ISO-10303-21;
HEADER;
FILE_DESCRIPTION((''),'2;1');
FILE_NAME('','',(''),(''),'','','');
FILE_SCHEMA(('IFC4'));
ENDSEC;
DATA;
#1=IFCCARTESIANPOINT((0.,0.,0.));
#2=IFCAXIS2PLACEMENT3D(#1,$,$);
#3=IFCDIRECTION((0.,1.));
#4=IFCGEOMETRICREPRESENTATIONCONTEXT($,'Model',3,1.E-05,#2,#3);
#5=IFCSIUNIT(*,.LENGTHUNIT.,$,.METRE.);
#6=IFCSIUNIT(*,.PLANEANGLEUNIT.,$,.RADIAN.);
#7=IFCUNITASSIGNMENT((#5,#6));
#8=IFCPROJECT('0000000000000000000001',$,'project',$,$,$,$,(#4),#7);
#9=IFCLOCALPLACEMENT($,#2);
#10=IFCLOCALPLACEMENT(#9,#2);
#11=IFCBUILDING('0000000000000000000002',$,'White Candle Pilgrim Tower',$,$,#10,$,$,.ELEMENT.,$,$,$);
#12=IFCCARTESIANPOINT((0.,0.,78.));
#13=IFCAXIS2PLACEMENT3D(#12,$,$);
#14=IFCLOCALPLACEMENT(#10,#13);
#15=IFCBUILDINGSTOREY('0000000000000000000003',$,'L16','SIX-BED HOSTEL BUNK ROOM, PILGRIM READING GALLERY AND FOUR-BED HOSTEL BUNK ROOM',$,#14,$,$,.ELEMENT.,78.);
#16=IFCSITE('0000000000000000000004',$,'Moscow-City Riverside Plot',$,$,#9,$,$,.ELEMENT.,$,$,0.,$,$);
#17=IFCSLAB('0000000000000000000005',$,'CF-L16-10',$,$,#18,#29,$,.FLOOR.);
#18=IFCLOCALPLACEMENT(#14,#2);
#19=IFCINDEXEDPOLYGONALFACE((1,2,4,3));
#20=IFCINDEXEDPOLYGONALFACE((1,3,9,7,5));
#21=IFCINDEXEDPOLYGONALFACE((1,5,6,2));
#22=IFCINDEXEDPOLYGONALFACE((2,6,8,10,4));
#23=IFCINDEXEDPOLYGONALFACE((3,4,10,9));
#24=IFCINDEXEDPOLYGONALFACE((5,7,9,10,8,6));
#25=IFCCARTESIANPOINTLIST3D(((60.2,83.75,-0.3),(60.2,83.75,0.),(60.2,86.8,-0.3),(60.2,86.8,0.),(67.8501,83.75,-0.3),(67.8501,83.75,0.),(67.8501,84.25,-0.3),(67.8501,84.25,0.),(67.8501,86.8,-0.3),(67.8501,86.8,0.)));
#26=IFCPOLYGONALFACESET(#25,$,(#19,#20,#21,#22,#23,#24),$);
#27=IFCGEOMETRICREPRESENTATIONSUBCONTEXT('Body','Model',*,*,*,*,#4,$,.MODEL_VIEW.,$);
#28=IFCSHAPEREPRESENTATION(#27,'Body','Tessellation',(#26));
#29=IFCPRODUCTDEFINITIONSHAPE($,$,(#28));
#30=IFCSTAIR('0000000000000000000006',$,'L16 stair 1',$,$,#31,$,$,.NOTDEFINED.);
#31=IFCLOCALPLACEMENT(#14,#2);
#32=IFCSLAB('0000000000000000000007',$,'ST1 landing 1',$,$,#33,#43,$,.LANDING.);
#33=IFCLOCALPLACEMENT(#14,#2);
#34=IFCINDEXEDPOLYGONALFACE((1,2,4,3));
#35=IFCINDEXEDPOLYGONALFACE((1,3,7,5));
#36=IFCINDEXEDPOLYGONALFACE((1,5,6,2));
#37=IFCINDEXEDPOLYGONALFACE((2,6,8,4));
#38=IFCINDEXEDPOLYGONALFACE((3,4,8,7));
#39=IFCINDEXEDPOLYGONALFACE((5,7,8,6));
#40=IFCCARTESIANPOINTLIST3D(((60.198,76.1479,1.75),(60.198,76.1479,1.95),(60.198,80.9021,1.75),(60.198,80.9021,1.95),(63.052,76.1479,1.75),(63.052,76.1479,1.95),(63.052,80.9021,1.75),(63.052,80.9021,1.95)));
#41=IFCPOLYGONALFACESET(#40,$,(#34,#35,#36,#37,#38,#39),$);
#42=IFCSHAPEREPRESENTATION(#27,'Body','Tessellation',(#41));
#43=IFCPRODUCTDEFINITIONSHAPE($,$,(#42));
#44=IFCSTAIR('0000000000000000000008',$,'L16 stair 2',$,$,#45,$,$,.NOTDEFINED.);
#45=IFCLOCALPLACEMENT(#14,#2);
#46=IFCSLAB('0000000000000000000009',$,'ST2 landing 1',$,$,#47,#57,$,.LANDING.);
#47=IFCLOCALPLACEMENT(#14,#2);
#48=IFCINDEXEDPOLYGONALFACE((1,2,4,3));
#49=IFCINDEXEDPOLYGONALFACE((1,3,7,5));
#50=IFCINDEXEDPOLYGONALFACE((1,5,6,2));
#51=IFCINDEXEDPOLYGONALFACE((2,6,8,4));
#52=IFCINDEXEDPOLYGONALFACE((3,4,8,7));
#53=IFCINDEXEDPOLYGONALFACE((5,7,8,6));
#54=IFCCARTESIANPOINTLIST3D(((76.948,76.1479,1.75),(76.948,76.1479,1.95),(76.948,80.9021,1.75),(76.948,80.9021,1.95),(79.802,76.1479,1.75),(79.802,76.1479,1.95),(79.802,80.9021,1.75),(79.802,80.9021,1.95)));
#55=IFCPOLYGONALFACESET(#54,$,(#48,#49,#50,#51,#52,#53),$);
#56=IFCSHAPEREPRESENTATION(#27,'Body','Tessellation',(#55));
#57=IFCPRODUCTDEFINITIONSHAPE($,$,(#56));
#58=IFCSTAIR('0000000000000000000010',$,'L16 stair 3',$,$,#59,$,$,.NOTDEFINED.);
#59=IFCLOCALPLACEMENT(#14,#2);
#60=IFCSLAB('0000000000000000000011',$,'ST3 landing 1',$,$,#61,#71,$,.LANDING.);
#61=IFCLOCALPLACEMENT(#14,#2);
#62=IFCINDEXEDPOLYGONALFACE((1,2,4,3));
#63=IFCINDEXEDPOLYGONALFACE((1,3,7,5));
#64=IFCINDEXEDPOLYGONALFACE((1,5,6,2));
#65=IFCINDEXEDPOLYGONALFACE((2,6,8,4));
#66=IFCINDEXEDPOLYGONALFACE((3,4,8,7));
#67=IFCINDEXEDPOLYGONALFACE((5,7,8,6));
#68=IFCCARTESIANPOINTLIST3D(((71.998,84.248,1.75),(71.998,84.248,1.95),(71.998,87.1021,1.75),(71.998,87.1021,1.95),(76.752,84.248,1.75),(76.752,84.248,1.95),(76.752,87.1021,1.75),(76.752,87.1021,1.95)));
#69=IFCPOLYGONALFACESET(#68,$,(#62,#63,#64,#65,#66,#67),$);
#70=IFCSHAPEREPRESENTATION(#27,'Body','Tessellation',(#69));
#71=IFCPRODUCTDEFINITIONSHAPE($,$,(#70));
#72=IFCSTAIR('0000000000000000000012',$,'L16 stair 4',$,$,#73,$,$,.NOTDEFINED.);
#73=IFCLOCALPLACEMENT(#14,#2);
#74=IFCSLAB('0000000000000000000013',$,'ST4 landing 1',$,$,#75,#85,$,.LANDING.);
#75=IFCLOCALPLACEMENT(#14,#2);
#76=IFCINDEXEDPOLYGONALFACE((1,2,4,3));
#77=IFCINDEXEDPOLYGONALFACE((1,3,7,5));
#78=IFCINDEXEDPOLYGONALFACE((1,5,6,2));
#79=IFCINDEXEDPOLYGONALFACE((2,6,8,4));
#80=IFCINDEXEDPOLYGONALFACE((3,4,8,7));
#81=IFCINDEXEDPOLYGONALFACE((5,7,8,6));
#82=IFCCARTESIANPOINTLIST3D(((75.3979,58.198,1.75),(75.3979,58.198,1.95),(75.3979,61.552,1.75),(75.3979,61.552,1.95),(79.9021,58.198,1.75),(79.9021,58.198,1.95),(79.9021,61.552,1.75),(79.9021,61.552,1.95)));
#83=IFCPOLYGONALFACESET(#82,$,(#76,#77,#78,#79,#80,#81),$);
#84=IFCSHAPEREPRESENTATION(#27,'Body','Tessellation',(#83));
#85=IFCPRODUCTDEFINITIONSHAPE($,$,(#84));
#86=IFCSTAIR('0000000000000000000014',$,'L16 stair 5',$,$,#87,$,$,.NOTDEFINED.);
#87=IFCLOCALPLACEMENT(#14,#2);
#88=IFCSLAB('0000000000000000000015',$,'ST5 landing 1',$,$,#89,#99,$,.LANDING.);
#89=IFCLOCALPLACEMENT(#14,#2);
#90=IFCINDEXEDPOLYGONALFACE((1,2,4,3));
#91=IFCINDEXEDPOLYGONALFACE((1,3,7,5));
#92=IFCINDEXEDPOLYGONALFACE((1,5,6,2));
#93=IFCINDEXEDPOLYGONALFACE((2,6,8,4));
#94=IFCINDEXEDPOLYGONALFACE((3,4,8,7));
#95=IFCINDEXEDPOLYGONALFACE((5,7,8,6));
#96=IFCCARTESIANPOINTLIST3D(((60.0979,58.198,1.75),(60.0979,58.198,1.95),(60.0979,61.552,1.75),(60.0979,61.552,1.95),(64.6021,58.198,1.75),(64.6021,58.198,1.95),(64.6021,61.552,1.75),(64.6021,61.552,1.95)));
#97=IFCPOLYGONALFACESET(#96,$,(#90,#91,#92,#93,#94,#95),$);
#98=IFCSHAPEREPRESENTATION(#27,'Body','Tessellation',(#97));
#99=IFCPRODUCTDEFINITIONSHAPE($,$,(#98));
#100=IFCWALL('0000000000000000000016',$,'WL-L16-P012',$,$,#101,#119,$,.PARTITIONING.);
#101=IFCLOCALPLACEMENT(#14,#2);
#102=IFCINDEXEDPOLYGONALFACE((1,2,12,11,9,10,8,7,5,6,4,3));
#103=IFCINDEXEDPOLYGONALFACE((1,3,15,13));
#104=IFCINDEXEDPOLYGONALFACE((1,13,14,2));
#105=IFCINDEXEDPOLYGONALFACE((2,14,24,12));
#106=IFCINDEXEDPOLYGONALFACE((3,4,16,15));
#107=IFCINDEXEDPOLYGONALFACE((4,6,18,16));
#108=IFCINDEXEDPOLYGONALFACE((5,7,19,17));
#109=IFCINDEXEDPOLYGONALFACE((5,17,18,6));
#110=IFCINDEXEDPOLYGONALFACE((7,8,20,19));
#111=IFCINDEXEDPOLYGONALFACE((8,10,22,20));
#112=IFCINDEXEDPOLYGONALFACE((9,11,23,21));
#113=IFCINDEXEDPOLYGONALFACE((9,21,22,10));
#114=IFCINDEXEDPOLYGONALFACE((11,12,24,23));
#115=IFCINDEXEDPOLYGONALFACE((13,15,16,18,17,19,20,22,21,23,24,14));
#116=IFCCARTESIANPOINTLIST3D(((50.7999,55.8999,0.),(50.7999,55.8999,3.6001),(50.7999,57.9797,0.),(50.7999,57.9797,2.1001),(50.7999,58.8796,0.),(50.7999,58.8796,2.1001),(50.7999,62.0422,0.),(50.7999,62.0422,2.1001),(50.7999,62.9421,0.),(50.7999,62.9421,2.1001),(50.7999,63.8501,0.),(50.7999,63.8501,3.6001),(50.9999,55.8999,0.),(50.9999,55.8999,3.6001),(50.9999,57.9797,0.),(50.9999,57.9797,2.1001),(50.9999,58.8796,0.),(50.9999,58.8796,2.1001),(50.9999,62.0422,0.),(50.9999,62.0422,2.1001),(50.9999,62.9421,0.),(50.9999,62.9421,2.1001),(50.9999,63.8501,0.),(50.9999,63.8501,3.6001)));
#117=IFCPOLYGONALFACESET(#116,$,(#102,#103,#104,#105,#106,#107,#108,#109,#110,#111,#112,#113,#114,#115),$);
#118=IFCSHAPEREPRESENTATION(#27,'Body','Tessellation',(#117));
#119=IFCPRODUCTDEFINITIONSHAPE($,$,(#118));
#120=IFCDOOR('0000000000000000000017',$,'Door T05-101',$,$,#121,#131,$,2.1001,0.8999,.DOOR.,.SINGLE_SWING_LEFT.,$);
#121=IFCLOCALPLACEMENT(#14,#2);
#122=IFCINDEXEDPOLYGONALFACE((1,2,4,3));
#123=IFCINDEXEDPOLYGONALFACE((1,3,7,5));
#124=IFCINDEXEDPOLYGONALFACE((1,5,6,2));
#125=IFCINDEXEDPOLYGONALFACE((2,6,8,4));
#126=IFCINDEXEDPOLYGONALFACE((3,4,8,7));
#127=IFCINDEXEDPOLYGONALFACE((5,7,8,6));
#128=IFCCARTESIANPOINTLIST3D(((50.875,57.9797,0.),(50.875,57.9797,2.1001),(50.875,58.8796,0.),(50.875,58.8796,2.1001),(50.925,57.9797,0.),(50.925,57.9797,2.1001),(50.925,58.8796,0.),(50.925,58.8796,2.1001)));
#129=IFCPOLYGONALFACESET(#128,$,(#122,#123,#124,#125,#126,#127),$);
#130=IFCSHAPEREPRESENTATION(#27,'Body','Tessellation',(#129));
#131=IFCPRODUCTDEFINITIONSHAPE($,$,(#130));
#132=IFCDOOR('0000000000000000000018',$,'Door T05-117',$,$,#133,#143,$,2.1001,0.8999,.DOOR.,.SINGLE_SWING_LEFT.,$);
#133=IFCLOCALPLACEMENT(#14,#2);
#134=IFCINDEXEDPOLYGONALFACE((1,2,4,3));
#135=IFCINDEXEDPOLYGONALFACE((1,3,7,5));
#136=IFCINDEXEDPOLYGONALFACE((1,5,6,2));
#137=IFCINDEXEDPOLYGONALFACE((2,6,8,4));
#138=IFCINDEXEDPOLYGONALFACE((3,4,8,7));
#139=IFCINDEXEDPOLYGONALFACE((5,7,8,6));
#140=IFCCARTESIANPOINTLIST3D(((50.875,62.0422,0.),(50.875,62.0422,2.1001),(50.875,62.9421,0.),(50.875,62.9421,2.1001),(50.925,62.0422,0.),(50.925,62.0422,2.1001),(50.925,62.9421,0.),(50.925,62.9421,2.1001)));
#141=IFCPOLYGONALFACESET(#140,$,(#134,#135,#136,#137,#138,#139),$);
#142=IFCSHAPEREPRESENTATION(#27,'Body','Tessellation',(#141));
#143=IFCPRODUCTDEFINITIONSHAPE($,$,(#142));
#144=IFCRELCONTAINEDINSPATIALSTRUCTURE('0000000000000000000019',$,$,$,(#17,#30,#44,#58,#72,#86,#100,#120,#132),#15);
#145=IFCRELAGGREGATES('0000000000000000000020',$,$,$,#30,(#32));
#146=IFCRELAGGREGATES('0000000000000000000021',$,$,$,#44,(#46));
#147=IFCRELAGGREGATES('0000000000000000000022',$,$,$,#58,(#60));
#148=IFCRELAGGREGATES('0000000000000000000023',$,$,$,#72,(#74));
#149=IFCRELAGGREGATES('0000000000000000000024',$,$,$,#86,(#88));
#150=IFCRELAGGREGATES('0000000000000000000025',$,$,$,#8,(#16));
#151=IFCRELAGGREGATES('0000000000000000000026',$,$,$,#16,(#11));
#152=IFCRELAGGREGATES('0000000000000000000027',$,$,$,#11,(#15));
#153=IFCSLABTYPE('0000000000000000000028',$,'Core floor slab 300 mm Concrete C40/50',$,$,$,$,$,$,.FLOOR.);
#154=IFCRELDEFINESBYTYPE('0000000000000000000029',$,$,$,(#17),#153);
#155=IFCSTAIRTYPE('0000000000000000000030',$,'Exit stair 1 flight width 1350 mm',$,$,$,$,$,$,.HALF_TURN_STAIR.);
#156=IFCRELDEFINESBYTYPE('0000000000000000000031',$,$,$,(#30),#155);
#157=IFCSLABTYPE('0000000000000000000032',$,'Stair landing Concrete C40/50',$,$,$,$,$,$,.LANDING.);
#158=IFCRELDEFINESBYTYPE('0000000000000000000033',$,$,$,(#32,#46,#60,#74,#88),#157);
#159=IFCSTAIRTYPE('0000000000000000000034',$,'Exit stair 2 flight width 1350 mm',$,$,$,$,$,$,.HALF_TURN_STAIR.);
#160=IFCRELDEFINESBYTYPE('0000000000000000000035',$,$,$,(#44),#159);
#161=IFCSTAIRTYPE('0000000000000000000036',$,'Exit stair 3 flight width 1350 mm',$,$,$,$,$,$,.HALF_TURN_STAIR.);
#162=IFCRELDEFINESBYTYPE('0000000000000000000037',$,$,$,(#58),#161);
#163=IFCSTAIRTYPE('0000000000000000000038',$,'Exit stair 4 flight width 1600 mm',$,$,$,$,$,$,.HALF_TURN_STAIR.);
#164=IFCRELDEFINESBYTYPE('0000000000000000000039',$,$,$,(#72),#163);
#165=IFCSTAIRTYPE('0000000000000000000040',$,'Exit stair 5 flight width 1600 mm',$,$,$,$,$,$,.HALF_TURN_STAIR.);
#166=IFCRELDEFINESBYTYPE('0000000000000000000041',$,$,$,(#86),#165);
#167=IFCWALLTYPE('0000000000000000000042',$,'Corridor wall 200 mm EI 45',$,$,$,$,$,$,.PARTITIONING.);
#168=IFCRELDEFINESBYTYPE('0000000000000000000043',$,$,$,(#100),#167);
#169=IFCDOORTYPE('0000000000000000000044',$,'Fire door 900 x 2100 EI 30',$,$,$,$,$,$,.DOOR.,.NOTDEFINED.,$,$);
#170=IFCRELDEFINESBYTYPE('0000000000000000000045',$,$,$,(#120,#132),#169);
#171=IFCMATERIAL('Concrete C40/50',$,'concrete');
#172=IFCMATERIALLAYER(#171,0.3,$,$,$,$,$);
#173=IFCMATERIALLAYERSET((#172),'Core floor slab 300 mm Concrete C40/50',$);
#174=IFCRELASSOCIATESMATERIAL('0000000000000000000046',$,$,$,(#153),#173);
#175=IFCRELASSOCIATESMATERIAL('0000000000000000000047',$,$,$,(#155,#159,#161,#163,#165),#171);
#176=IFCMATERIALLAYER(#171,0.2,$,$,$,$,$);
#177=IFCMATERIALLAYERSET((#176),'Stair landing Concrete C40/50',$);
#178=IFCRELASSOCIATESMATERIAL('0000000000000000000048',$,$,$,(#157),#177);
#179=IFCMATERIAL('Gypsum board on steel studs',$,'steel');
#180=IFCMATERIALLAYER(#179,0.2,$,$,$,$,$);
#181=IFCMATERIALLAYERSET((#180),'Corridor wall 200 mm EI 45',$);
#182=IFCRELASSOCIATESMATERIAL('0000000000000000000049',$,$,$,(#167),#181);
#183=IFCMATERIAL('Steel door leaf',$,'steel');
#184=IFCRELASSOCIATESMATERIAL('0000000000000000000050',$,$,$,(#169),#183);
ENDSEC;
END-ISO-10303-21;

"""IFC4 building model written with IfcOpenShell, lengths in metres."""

from ifc_helpers import new_model, si_unit, direction, frame, frame_2d, origin, place, context, subcontext, project, spatial, polyline, rectangle, outline, extrude, material, layer, layer_set, type_object, element, fill, aggregate, save


model = new_model("IFC4")

# Units and contexts
model_context = context("Model", 3, precision=1e-05, world=origin(), true_north=direction((0.0, 1.0)))
body_context = subcontext(model_context, "Body", "Model", "MODEL_VIEW")
ifc_project = project(units=[si_unit("LENGTHUNIT", "METRE"), si_unit("PLANEANGLEUNIT", "RADIAN")], contexts=[model_context])

# Site, building, storey
site_placement = place(None, origin())
site = spatial("IfcSite", under=ifc_project, at=site_placement, Name="Moscow-City Riverside Plot", CompositionType="ELEMENT", RefElevation=0.0)
building_placement = place(site_placement, origin())
building = spatial("IfcBuilding", under=site, at=building_placement, Name="White Candle Pilgrim Tower", CompositionType="ELEMENT")
storey_placement = place(building_placement, frame((0.0, 0.0, 78.0)))
storey = spatial("IfcBuildingStorey", under=building, at=storey_placement, Name="L16", Description="SIX-BED HOSTEL BUNK ROOM, PILGRIM READING GALLERY AND FOUR-BED HOSTEL BUNK ROOM", CompositionType="ELEMENT", Elevation=78.0)

# Slab
ifc_material_1 = material(Name="Concrete C40/50", Category="concrete")
ifc_layer_1 = layer(ifc_material_1, 0.3)
ifc_layer_set_1 = layer_set([ifc_layer_1], Name="Core floor slab 300 mm Concrete C40/50")
slab_type_1 = type_object("IfcSlabType", Name="Core floor slab 300 mm Concrete C40/50", PredefinedType="FLOOR", material=ifc_layer_set_1)
slab_1_placement = place(storey_placement, frame((0.0, 0.0, -0.3)))
element("IfcSlab", 1, at=slab_1_placement, inside=storey, type_object=slab_type_1, Name="CF-L16-10", PredefinedType="FLOOR", context=body_context, shape_type="SweptSolid", body=[
    extrude(outline(polyline([(60.2, 86.8), (67.8501, 86.8), (67.8501, 84.25), (67.8501, 83.75), (60.2, 83.75), (60.2, 86.8)])), origin(), (0.0, 0.0, 1.0), 0.3),
])

# Stairs, slabs
stair_type_1 = type_object("IfcStairType", Name="Exit stair 1 flight width 1350 mm", PredefinedType="HALF_TURN_STAIR", material=ifc_material_1)
stair_1_placement = place(storey_placement, origin())
stair_1 = element("IfcStair", 2, at=stair_1_placement, inside=storey, type_object=stair_type_1, Name="L16 stair 1", PredefinedType="NOTDEFINED")
ifc_layer_2 = layer(ifc_material_1, 0.2)
ifc_layer_set_2 = layer_set([ifc_layer_2], Name="Stair landing Concrete C40/50")
slab_type_2 = type_object("IfcSlabType", Name="Stair landing Concrete C40/50", PredefinedType="LANDING", material=ifc_layer_set_2)
slab_2_placement = place(storey_placement, frame((0.0, 0.0, 1.75)))
slab_2 = element("IfcSlab", 3, at=slab_2_placement, type_object=slab_type_2, Name="ST1 landing 1", PredefinedType="LANDING", context=body_context, shape_type="SweptSolid", body=[
    extrude(outline(polyline([(63.052, 76.1479), (60.198, 76.1479), (60.198, 80.9021), (63.052, 80.9021), (63.052, 76.1479)])), origin(), (0.0, 0.0, 1.0), 0.2),
])
aggregate(stair_1, [slab_2])
stair_type_2 = type_object("IfcStairType", Name="Exit stair 2 flight width 1350 mm", PredefinedType="HALF_TURN_STAIR", material=ifc_material_1)
stair_2_placement = place(storey_placement, origin())
stair_2 = element("IfcStair", 4, at=stair_2_placement, inside=storey, type_object=stair_type_2, Name="L16 stair 2", PredefinedType="NOTDEFINED")
slab_3_placement = place(storey_placement, frame((0.0, 0.0, 1.75)))
slab_3 = element("IfcSlab", 5, at=slab_3_placement, type_object=slab_type_2, Name="ST2 landing 1", PredefinedType="LANDING", context=body_context, shape_type="SweptSolid", body=[
    extrude(outline(polyline([(79.802, 76.1479), (76.948, 76.1479), (76.948, 80.9021), (79.802, 80.9021), (79.802, 76.1479)])), origin(), (0.0, 0.0, 1.0), 0.2),
])
aggregate(stair_2, [slab_3])
stair_type_3 = type_object("IfcStairType", Name="Exit stair 3 flight width 1350 mm", PredefinedType="HALF_TURN_STAIR", material=ifc_material_1)
stair_3_placement = place(storey_placement, origin())
stair_3 = element("IfcStair", 6, at=stair_3_placement, inside=storey, type_object=stair_type_3, Name="L16 stair 3", PredefinedType="NOTDEFINED")
slab_4_placement = place(storey_placement, frame((0.0, 0.0, 1.75)))
slab_4 = element("IfcSlab", 7, at=slab_4_placement, type_object=slab_type_2, Name="ST3 landing 1", PredefinedType="LANDING", context=body_context, shape_type="SweptSolid", body=[
    extrude(outline(polyline([(71.998, 84.248), (71.998, 87.1021), (76.752, 87.1021), (76.752, 84.248), (71.998, 84.248)])), origin(), (0.0, 0.0, 1.0), 0.2),
])
aggregate(stair_3, [slab_4])
stair_type_4 = type_object("IfcStairType", Name="Exit stair 4 flight width 1600 mm", PredefinedType="HALF_TURN_STAIR", material=ifc_material_1)
stair_4_placement = place(storey_placement, origin())
stair_4 = element("IfcStair", 8, at=stair_4_placement, inside=storey, type_object=stair_type_4, Name="L16 stair 4", PredefinedType="NOTDEFINED")
slab_5_placement = place(storey_placement, frame((0.0, 0.0, 1.75)))
slab_5 = element("IfcSlab", 9, at=slab_5_placement, type_object=slab_type_2, Name="ST4 landing 1", PredefinedType="LANDING", context=body_context, shape_type="SweptSolid", body=[
    extrude(outline(polyline([(79.9021, 61.552), (79.9021, 58.198), (75.3979, 58.198), (75.3979, 61.552), (79.9021, 61.552)])), origin(), (0.0, 0.0, 1.0), 0.2),
])
aggregate(stair_4, [slab_5])
stair_type_5 = type_object("IfcStairType", Name="Exit stair 5 flight width 1600 mm", PredefinedType="HALF_TURN_STAIR", material=ifc_material_1)
stair_5_placement = place(storey_placement, origin())
stair_5 = element("IfcStair", 10, at=stair_5_placement, inside=storey, type_object=stair_type_5, Name="L16 stair 5", PredefinedType="NOTDEFINED")
slab_6_placement = place(storey_placement, frame((0.0, 0.0, 1.75)))
slab_6 = element("IfcSlab", 11, at=slab_6_placement, type_object=slab_type_2, Name="ST5 landing 1", PredefinedType="LANDING", context=body_context, shape_type="SweptSolid", body=[
    extrude(outline(polyline([(60.0979, 58.198), (60.0979, 61.552), (64.6021, 61.552), (64.6021, 58.198), (60.0979, 58.198)])), origin(), (0.0, 0.0, 1.0), 0.2),
])
aggregate(stair_5, [slab_6])

# Wall, openings, doors
ifc_material_2 = material(Name="Gypsum board on steel studs", Category="steel")
ifc_layer_3 = layer(ifc_material_2, 0.2)
ifc_layer_set_3 = layer_set([ifc_layer_3], Name="Corridor wall 200 mm EI 45")
wall_type_1 = type_object("IfcWallType", Name="Corridor wall 200 mm EI 45", PredefinedType="PARTITIONING", material=ifc_layer_set_3)
wall_1_placement = place(storey_placement, frame((50.8999, 55.8999, 0.0), z_axis=(0.0, 0.0, 1.0), x_axis=(0.0, 1.0, 0.0)))
wall_1 = element("IfcWall", 12, at=wall_1_placement, inside=storey, type_object=wall_type_1, Name="WL-L16-P012", PredefinedType="PARTITIONING", context=body_context, shape_type="SweptSolid", body=[
    extrude(rectangle(XDim=7.9502, YDim=0.2, at=frame_2d((3.9751, 0.0))), origin(), (0.0, 0.0, 1.0), 3.6001),
])
opening_1_placement = place(wall_1_placement, frame((2.0798, 0.0, 0.0)))
opening_1 = element("IfcOpeningElement", 13, at=opening_1_placement, cuts=wall_1, PredefinedType="OPENING", context=body_context, shape_type="SweptSolid", body=[
    extrude(rectangle(XDim=0.8999, YDim=2.1001, at=frame_2d((0.45, 1.05))), frame((0.0, 0.1099, 0.0), z_axis=(0.0, -1.0, 0.0), x_axis=(1.0, 0.0, 0.0)), (0.0, 0.0, 1.0), 0.22),
])
opening_2_placement = place(wall_1_placement, frame((6.1423, 0.0, 0.0)))
opening_2 = element("IfcOpeningElement", 14, at=opening_2_placement, cuts=wall_1, PredefinedType="OPENING", context=body_context, shape_type="SweptSolid", body=[
    extrude(rectangle(XDim=0.8999, YDim=2.1001, at=frame_2d((0.45, 1.05))), frame((0.0, 0.1099, 0.0), z_axis=(0.0, -1.0, 0.0), x_axis=(1.0, 0.0, 0.0)), (0.0, 0.0, 1.0), 0.22),
])
ifc_material_3 = material(Name="Steel door leaf", Category="steel")
door_type = type_object("IfcDoorType", Name="Fire door 900 x 2100 EI 30", OperationType="NOTDEFINED", PredefinedType="DOOR", material=ifc_material_3)
door_1_placement = place(opening_1_placement, origin())
door_1 = element("IfcDoor", 15, at=door_1_placement, inside=storey, type_object=door_type, Name="Door T05-101", OperationType="SINGLE_SWING_LEFT", OverallHeight=2.1001, OverallWidth=0.8999, PredefinedType="DOOR", context=body_context, shape_type="SweptSolid", body=[
    extrude(rectangle(XDim=0.8999, YDim=2.1001, at=frame_2d((0.45, 1.05))), frame((0.0, 0.0249, 0.0), z_axis=(0.0, -1.0, 0.0), x_axis=(1.0, 0.0, 0.0)), (0.0, 0.0, 1.0), 0.05),
])
fill(opening_1, door_1)
door_2_placement = place(opening_2_placement, origin())
door_2 = element("IfcDoor", 16, at=door_2_placement, inside=storey, type_object=door_type, Name="Door T05-117", OperationType="SINGLE_SWING_LEFT", OverallHeight=2.1001, OverallWidth=0.8999, PredefinedType="DOOR", context=body_context, shape_type="SweptSolid", body=[
    extrude(rectangle(XDim=0.8999, YDim=2.1001, at=frame_2d((0.45, 1.05))), frame((0.0, 0.0249, 0.0), z_axis=(0.0, -1.0, 0.0), x_axis=(1.0, 0.0, 0.0)), (0.0, 0.0, 1.0), 0.05),
])
fill(opening_2, door_2)

save(model, "model.ifc")
